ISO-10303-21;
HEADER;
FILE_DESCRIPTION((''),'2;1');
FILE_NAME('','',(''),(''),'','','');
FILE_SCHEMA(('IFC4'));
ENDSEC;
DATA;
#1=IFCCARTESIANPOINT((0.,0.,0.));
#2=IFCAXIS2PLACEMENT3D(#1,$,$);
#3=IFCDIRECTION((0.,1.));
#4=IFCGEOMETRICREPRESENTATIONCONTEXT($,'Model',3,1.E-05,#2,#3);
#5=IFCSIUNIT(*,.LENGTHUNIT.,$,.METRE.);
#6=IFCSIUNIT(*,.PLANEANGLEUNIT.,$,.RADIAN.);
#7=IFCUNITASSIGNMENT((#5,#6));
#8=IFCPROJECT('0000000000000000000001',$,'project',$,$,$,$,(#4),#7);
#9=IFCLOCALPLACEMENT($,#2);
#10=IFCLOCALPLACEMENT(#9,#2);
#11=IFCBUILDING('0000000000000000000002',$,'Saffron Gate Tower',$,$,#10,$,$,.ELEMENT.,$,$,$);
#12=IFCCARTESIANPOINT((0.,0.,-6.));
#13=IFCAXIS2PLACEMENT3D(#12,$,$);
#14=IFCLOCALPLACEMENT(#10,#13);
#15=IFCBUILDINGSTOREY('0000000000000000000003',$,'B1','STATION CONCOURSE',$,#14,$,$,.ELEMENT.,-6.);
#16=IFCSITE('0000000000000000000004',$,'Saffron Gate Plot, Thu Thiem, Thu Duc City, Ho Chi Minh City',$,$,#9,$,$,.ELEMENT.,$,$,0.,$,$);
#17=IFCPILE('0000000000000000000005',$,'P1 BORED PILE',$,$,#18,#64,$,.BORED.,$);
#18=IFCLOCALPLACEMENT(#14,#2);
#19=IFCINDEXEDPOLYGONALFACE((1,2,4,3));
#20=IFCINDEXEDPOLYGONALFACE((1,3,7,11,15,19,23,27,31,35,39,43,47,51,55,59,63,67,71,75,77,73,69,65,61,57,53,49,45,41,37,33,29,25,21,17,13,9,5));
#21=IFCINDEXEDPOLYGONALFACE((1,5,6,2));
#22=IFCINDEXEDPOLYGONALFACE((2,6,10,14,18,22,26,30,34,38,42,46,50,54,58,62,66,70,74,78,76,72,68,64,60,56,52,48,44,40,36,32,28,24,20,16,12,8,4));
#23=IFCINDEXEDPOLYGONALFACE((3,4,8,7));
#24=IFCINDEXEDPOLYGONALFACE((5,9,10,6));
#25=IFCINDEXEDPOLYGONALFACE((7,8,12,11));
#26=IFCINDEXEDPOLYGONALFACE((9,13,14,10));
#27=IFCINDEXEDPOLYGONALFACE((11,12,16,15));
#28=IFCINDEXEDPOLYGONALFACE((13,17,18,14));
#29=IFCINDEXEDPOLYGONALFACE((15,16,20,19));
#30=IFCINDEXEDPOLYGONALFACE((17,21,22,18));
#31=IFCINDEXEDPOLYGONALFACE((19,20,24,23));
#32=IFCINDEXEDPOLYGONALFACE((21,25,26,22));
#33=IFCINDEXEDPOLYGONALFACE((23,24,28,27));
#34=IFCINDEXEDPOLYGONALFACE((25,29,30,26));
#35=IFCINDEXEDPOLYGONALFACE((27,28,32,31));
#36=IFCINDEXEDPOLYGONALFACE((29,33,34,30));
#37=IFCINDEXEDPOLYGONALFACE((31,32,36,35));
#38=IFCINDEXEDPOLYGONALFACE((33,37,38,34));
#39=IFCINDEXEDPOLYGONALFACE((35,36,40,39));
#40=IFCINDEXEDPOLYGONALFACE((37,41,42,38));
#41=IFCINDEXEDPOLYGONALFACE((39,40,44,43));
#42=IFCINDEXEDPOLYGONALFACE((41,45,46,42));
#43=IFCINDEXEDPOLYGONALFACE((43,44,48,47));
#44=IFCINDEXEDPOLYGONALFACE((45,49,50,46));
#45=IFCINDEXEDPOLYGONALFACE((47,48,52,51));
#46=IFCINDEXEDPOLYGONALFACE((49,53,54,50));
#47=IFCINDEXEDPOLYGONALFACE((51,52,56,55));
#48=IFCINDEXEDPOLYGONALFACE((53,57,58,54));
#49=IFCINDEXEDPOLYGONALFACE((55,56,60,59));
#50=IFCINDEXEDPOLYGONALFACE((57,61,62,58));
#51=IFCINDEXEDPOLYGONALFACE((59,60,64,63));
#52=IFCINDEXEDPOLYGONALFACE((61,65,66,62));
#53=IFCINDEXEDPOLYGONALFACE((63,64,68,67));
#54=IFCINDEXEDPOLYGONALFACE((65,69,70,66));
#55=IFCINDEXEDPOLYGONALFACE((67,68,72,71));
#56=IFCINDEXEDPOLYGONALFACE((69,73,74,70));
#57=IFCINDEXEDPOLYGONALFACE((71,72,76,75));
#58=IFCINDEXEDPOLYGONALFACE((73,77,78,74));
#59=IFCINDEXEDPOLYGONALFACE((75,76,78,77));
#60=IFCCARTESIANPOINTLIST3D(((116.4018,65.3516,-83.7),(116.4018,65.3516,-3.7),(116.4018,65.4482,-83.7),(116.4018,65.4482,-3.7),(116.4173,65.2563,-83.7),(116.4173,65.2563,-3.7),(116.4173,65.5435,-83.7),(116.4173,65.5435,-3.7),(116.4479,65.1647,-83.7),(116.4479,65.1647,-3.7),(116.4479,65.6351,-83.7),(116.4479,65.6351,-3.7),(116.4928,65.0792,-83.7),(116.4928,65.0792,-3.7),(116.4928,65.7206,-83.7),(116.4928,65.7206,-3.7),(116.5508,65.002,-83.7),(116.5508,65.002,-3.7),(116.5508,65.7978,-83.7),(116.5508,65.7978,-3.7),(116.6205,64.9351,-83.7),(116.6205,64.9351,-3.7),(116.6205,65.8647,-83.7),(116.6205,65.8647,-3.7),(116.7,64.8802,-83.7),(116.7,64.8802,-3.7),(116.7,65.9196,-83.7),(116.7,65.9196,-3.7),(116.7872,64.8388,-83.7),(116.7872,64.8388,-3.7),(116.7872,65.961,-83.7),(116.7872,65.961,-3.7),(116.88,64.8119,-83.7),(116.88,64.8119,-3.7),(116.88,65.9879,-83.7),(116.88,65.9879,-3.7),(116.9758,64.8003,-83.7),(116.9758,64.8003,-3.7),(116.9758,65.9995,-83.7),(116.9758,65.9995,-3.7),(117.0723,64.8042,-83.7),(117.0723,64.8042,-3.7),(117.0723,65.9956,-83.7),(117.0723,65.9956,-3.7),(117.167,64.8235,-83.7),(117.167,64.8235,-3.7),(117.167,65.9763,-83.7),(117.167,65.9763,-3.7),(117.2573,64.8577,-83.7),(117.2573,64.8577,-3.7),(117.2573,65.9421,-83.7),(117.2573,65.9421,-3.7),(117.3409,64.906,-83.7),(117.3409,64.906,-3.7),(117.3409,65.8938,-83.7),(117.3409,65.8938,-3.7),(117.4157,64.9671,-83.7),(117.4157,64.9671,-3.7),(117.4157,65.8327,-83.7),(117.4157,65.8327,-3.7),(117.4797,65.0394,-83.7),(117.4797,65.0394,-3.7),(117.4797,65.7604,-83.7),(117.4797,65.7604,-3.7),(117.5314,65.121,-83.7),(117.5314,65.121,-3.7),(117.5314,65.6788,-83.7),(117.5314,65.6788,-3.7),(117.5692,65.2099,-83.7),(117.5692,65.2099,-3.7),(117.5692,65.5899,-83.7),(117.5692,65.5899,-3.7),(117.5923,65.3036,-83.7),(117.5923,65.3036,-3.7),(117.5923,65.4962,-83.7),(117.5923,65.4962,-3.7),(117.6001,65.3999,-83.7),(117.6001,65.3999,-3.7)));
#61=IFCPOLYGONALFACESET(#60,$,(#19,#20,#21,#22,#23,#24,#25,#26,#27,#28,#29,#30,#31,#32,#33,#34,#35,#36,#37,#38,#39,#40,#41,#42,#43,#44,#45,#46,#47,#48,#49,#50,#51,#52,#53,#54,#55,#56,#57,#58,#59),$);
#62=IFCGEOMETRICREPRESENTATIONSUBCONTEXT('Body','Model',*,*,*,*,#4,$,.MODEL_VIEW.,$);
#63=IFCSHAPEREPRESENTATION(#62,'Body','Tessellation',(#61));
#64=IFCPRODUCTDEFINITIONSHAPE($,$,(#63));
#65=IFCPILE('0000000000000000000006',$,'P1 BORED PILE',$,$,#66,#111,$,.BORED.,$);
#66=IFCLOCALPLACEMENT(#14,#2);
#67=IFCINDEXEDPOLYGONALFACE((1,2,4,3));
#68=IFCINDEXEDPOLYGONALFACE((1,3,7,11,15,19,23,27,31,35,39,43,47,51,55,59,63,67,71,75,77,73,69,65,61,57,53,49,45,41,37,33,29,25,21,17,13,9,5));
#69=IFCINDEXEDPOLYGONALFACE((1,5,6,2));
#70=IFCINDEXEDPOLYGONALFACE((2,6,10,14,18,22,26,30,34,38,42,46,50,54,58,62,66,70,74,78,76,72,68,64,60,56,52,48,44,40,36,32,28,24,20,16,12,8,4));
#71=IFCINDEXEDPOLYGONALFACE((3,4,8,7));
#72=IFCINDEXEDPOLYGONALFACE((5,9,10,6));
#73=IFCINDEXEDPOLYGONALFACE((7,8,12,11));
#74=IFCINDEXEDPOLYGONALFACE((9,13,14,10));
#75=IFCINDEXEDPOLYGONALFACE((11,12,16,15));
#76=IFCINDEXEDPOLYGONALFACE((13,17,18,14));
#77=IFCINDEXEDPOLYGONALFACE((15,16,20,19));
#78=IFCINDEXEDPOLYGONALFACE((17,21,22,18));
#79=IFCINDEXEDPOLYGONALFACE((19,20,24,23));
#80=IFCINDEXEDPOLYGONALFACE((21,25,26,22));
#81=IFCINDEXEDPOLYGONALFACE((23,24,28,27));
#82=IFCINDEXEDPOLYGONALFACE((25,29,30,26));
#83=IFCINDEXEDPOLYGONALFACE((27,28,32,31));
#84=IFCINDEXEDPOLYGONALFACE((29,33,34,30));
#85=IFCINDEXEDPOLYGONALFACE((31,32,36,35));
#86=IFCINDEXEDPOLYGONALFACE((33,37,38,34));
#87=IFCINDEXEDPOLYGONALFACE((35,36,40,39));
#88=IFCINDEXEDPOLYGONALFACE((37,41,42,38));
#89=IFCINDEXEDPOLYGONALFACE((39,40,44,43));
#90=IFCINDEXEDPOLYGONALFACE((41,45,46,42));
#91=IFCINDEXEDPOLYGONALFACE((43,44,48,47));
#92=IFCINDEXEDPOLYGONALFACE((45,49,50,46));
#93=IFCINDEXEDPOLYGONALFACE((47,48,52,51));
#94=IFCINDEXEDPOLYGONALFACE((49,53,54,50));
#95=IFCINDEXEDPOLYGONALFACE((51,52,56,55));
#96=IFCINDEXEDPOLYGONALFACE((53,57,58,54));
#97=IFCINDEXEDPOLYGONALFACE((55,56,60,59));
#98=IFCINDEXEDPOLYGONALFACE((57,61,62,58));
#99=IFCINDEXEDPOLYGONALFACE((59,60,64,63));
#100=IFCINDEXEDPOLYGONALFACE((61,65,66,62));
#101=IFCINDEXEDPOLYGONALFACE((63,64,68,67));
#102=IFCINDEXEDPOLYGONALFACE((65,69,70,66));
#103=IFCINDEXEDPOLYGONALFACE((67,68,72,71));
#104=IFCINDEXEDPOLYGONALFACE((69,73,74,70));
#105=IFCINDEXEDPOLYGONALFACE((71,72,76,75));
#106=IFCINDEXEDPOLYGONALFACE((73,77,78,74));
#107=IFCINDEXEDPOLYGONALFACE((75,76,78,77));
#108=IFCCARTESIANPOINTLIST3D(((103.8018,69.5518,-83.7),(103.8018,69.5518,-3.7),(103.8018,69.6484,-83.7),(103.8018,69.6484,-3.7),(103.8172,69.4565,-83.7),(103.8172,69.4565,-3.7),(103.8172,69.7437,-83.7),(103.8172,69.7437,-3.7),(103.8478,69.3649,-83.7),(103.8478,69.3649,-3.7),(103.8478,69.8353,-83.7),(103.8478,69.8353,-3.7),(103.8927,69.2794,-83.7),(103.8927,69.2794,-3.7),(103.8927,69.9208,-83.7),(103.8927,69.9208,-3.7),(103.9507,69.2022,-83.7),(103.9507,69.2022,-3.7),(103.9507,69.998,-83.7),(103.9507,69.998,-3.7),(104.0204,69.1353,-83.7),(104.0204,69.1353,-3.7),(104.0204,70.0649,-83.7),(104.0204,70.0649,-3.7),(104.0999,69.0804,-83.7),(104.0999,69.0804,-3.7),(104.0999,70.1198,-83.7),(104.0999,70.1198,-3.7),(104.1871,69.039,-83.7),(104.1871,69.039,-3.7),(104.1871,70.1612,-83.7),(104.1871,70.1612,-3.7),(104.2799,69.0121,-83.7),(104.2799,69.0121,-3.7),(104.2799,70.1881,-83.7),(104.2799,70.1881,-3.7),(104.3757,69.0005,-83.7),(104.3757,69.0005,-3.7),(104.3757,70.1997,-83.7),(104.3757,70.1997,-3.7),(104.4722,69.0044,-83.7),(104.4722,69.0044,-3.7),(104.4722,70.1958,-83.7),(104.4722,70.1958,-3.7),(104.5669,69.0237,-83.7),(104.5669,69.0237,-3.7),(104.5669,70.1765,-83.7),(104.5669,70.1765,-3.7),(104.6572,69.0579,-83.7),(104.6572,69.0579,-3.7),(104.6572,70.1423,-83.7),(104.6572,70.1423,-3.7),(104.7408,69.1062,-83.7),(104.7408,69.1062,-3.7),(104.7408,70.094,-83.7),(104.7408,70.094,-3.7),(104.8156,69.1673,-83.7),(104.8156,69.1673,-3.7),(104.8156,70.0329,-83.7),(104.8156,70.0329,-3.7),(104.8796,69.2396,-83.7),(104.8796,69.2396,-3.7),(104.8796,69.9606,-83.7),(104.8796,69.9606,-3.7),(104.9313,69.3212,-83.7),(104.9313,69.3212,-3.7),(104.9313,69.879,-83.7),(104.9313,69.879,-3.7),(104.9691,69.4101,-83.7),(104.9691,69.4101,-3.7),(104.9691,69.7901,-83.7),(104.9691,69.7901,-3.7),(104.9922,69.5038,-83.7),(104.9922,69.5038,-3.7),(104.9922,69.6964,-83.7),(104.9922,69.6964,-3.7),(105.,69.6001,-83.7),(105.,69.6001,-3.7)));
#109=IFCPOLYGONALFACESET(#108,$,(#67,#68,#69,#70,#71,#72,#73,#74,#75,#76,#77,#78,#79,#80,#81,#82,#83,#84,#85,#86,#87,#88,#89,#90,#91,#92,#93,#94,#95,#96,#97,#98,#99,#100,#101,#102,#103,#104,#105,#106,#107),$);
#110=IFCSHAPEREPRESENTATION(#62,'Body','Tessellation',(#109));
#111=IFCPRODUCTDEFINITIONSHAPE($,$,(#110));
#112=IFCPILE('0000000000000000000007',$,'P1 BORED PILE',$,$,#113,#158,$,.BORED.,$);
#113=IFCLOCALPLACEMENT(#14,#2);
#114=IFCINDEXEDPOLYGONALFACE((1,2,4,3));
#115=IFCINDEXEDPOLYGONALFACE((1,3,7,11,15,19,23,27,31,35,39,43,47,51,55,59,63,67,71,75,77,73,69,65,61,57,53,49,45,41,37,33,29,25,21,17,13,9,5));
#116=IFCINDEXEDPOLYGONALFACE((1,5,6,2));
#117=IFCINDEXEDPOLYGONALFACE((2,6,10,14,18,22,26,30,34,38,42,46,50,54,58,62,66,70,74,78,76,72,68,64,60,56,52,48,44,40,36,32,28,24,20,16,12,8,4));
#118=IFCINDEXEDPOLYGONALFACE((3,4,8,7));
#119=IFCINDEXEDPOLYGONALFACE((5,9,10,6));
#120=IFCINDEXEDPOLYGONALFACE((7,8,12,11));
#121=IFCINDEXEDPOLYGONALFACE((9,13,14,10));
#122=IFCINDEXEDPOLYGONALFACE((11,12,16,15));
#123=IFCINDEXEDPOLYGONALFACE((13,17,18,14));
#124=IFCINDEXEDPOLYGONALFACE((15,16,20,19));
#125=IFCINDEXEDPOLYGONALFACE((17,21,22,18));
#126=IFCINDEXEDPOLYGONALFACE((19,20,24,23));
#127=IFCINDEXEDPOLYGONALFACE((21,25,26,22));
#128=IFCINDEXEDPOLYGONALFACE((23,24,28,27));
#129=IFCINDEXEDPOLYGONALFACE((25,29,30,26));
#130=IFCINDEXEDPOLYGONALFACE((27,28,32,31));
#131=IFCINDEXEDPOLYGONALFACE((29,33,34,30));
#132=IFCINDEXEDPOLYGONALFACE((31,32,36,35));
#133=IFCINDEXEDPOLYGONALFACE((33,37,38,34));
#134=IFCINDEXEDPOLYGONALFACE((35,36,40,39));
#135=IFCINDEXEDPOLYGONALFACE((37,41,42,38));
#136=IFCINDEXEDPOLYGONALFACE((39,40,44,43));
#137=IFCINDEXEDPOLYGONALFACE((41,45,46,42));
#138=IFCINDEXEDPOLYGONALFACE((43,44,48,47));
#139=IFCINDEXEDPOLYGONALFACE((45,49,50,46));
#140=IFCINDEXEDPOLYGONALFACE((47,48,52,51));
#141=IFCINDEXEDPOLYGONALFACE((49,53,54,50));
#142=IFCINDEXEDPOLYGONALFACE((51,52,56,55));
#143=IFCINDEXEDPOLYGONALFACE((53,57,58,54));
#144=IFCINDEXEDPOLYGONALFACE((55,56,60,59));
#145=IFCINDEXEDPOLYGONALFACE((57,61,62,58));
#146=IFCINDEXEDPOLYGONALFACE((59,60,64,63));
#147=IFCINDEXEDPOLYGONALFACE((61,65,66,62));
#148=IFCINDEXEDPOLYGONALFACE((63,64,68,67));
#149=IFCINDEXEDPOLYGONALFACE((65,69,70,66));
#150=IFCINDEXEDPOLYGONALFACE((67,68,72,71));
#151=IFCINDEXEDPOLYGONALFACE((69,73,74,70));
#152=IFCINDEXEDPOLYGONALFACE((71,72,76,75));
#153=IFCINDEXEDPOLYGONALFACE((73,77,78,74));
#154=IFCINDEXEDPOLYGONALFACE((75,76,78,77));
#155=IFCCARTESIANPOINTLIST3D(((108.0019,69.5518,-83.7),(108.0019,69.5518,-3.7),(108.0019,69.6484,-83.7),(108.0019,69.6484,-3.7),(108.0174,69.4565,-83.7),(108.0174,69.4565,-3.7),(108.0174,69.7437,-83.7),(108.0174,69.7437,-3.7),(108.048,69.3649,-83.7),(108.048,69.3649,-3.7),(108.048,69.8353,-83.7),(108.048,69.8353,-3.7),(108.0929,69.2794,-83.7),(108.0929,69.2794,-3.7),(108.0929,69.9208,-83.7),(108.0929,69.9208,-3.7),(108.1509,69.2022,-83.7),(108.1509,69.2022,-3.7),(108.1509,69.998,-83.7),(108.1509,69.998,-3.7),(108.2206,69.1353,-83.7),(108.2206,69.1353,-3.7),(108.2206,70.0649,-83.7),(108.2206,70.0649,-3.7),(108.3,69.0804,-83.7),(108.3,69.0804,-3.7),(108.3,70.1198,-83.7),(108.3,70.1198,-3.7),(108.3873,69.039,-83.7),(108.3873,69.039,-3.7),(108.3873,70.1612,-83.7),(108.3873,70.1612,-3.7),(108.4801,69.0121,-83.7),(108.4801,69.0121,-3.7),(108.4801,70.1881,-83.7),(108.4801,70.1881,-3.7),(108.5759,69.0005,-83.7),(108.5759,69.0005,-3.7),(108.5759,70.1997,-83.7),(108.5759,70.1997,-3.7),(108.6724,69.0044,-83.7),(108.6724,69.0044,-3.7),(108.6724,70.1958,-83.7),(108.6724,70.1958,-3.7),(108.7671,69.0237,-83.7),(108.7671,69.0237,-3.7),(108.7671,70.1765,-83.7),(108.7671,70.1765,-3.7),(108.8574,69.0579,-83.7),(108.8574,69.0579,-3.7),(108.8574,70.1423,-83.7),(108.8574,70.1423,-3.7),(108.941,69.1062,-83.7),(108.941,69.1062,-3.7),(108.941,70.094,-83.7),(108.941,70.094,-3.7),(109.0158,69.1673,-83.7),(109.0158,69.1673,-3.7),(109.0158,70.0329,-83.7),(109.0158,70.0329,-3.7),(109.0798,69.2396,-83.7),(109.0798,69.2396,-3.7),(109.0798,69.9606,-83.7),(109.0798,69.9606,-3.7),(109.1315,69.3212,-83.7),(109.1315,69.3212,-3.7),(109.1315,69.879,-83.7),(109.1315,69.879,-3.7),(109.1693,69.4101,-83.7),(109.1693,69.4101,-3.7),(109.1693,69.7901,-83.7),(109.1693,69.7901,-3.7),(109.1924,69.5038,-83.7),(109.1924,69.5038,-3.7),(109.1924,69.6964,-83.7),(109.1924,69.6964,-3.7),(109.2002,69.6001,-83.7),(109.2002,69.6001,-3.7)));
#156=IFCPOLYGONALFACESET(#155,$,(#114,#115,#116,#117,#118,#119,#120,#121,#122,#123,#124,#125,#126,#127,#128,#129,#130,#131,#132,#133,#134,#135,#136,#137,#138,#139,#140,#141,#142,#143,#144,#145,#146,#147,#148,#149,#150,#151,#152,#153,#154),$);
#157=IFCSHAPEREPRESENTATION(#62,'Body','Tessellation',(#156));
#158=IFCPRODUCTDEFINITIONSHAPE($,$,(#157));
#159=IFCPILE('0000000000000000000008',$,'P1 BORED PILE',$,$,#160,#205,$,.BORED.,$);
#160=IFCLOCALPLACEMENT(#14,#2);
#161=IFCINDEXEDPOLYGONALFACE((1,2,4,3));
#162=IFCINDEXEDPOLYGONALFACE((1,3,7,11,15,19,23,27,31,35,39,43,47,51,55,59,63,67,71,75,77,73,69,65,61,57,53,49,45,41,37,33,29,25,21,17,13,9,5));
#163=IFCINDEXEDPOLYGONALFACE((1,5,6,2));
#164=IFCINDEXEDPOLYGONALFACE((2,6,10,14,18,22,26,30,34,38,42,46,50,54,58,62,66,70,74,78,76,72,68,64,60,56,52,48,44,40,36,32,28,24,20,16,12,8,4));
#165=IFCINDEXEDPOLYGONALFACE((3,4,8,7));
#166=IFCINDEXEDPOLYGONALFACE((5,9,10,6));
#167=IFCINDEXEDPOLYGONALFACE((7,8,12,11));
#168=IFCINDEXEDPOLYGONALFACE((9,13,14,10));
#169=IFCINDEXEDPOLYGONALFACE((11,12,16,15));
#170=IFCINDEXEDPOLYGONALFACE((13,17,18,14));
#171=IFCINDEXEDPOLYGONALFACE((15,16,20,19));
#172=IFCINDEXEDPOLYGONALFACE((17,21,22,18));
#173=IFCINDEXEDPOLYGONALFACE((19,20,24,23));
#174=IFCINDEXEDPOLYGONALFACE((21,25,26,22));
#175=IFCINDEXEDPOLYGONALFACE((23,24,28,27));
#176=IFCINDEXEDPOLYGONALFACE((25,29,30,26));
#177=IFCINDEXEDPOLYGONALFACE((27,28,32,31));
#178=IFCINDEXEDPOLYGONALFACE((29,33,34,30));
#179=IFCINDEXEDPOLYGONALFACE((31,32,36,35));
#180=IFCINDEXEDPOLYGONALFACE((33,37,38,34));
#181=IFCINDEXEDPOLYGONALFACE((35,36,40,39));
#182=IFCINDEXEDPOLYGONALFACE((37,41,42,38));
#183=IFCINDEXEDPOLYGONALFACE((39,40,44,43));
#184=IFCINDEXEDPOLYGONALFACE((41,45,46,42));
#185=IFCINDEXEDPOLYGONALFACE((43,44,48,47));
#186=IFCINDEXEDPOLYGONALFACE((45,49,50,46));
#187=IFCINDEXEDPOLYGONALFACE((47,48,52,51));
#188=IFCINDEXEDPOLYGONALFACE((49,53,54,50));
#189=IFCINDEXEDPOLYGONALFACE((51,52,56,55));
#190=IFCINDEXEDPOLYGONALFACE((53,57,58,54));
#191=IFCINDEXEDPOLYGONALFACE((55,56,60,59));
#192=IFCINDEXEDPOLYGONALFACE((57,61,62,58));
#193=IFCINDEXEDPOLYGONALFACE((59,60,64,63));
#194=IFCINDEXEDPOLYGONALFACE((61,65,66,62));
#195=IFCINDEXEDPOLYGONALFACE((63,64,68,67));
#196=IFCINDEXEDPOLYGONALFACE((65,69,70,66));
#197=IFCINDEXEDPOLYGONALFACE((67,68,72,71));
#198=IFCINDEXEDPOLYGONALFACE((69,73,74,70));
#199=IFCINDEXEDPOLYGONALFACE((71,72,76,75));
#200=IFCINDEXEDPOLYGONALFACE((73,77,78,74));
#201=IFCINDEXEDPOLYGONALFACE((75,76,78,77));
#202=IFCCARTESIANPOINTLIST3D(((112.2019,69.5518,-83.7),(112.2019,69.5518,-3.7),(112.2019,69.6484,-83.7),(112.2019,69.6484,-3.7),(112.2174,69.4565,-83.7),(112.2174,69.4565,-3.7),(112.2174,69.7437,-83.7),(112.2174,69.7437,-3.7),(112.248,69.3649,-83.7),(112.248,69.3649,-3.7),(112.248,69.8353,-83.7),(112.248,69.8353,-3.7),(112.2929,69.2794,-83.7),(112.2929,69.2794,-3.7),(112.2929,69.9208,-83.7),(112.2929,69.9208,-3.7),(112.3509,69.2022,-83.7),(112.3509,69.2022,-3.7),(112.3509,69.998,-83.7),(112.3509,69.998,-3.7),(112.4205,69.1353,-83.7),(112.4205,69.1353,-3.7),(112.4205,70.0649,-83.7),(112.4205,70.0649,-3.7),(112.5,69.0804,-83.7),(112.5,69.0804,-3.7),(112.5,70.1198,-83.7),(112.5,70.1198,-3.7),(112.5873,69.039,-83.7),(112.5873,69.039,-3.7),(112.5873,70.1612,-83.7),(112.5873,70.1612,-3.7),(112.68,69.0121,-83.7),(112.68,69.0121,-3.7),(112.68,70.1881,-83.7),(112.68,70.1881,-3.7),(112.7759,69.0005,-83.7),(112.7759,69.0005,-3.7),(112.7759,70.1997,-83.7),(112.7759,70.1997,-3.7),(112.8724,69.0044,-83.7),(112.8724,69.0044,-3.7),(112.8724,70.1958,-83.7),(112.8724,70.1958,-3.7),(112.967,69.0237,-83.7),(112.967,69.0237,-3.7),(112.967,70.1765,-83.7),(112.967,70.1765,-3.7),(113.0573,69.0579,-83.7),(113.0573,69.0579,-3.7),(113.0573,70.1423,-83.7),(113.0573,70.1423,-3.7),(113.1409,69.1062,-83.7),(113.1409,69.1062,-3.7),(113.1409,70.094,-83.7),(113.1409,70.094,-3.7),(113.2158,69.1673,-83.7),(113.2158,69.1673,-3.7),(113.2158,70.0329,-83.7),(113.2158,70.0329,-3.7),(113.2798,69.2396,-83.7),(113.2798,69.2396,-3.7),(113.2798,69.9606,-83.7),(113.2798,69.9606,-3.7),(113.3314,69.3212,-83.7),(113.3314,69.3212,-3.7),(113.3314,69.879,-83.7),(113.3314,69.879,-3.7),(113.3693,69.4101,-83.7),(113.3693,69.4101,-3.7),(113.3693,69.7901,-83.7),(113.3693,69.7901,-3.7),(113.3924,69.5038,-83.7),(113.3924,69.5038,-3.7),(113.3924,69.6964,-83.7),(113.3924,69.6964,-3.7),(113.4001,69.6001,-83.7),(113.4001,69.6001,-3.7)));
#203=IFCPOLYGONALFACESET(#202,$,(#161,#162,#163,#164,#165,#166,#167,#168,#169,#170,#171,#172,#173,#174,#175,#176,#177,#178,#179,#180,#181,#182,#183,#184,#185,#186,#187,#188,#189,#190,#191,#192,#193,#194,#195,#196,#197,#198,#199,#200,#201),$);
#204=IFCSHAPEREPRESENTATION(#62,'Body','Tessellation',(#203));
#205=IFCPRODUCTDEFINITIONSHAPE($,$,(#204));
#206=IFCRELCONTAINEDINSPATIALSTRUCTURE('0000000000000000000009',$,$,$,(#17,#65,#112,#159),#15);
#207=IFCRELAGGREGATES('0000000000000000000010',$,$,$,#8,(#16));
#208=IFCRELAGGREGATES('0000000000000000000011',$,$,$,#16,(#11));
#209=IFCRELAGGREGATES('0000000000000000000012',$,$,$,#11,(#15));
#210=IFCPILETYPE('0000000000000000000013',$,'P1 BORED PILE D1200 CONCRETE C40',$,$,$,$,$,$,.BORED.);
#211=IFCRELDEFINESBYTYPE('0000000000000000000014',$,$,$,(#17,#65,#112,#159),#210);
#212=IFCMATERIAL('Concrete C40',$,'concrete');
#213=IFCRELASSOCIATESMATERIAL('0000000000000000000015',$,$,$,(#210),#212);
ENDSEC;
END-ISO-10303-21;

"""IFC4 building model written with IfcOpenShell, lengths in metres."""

from ifc_helpers import new_model, si_unit, direction, frame, origin, origin_2d, place, context, subcontext, project, spatial, circle, extrude, material, material_profile, profile_set, type_object, element, save


model = new_model("IFC4")

# Units and contexts
model_context = context("Model", 3, precision=1e-05, world=origin(), true_north=direction((0.0, 1.0)))
body_context = subcontext(model_context, "Body", "Model", "MODEL_VIEW")
ifc_project = project(units=[si_unit("LENGTHUNIT", "METRE"), si_unit("PLANEANGLEUNIT", "RADIAN")], contexts=[model_context])

# Site, building, storey
site_placement = place(None, origin())
site = spatial("IfcSite", under=ifc_project, at=site_placement, Name="Saffron Gate Plot, Thu Thiem, Thu Duc City, Ho Chi Minh City", CompositionType="ELEMENT", RefElevation=0.0)
building_placement = place(site_placement, origin())
building = spatial("IfcBuilding", under=site, at=building_placement, Name="Saffron Gate Tower", CompositionType="ELEMENT")
storey_placement = place(building_placement, frame((0.0, 0.0, -6.0)))
storey = spatial("IfcBuildingStorey", under=building, at=storey_placement, Name="B1", Description="STATION CONCOURSE", CompositionType="ELEMENT", Elevation=-6.0)

# Piles
ifc_material_1 = material(Name="Concrete C40", Category="concrete")
ifc_material_profile_1 = material_profile(ifc_material_1, circle(Radius=0.6001, at=origin_2d()))
ifc_profile_set_1 = profile_set([ifc_material_profile_1], Name="Concrete C40")
pile_type_1 = type_object("IfcPileType", Name="P1 BORED PILE D1200 CONCRETE C40", PredefinedType="BORED", material=ifc_profile_set_1)
for number, where, z_axis, x_axis, name in (
    (1, (117.0, 65.3999, -3.7), (0.0, 0.0, -1.0), (1.0, 0.0, 0.0), "P1 BORED PILE"),
    (2, (104.3999, 69.6001, -3.7), (0.0, 0.0, -1.0), (1.0, 0.0, 0.0), "P1 BORED PILE"),
    (3, (108.6001, 69.6001, -3.7), (0.0, 0.0, -1.0), (1.0, 0.0, 0.0), "P1 BORED PILE"),
    (4, (112.8, 69.6001, -3.7), (0.0, 0.0, -1.0), (1.0, 0.0, 0.0), "P1 BORED PILE"),
):
    element("IfcPile", number, at=place(storey_placement, frame(where, z_axis=z_axis, x_axis=x_axis)), inside=storey, type_object=pile_type_1, Name=name, PredefinedType="BORED", context=body_context, shape_type="SweptSolid", body=[
        extrude(circle(Radius=0.6001, at=origin_2d()), origin(), (0.0, 0.0, 1.0), 80.0),
    ])

save(model, "model.ifc")
